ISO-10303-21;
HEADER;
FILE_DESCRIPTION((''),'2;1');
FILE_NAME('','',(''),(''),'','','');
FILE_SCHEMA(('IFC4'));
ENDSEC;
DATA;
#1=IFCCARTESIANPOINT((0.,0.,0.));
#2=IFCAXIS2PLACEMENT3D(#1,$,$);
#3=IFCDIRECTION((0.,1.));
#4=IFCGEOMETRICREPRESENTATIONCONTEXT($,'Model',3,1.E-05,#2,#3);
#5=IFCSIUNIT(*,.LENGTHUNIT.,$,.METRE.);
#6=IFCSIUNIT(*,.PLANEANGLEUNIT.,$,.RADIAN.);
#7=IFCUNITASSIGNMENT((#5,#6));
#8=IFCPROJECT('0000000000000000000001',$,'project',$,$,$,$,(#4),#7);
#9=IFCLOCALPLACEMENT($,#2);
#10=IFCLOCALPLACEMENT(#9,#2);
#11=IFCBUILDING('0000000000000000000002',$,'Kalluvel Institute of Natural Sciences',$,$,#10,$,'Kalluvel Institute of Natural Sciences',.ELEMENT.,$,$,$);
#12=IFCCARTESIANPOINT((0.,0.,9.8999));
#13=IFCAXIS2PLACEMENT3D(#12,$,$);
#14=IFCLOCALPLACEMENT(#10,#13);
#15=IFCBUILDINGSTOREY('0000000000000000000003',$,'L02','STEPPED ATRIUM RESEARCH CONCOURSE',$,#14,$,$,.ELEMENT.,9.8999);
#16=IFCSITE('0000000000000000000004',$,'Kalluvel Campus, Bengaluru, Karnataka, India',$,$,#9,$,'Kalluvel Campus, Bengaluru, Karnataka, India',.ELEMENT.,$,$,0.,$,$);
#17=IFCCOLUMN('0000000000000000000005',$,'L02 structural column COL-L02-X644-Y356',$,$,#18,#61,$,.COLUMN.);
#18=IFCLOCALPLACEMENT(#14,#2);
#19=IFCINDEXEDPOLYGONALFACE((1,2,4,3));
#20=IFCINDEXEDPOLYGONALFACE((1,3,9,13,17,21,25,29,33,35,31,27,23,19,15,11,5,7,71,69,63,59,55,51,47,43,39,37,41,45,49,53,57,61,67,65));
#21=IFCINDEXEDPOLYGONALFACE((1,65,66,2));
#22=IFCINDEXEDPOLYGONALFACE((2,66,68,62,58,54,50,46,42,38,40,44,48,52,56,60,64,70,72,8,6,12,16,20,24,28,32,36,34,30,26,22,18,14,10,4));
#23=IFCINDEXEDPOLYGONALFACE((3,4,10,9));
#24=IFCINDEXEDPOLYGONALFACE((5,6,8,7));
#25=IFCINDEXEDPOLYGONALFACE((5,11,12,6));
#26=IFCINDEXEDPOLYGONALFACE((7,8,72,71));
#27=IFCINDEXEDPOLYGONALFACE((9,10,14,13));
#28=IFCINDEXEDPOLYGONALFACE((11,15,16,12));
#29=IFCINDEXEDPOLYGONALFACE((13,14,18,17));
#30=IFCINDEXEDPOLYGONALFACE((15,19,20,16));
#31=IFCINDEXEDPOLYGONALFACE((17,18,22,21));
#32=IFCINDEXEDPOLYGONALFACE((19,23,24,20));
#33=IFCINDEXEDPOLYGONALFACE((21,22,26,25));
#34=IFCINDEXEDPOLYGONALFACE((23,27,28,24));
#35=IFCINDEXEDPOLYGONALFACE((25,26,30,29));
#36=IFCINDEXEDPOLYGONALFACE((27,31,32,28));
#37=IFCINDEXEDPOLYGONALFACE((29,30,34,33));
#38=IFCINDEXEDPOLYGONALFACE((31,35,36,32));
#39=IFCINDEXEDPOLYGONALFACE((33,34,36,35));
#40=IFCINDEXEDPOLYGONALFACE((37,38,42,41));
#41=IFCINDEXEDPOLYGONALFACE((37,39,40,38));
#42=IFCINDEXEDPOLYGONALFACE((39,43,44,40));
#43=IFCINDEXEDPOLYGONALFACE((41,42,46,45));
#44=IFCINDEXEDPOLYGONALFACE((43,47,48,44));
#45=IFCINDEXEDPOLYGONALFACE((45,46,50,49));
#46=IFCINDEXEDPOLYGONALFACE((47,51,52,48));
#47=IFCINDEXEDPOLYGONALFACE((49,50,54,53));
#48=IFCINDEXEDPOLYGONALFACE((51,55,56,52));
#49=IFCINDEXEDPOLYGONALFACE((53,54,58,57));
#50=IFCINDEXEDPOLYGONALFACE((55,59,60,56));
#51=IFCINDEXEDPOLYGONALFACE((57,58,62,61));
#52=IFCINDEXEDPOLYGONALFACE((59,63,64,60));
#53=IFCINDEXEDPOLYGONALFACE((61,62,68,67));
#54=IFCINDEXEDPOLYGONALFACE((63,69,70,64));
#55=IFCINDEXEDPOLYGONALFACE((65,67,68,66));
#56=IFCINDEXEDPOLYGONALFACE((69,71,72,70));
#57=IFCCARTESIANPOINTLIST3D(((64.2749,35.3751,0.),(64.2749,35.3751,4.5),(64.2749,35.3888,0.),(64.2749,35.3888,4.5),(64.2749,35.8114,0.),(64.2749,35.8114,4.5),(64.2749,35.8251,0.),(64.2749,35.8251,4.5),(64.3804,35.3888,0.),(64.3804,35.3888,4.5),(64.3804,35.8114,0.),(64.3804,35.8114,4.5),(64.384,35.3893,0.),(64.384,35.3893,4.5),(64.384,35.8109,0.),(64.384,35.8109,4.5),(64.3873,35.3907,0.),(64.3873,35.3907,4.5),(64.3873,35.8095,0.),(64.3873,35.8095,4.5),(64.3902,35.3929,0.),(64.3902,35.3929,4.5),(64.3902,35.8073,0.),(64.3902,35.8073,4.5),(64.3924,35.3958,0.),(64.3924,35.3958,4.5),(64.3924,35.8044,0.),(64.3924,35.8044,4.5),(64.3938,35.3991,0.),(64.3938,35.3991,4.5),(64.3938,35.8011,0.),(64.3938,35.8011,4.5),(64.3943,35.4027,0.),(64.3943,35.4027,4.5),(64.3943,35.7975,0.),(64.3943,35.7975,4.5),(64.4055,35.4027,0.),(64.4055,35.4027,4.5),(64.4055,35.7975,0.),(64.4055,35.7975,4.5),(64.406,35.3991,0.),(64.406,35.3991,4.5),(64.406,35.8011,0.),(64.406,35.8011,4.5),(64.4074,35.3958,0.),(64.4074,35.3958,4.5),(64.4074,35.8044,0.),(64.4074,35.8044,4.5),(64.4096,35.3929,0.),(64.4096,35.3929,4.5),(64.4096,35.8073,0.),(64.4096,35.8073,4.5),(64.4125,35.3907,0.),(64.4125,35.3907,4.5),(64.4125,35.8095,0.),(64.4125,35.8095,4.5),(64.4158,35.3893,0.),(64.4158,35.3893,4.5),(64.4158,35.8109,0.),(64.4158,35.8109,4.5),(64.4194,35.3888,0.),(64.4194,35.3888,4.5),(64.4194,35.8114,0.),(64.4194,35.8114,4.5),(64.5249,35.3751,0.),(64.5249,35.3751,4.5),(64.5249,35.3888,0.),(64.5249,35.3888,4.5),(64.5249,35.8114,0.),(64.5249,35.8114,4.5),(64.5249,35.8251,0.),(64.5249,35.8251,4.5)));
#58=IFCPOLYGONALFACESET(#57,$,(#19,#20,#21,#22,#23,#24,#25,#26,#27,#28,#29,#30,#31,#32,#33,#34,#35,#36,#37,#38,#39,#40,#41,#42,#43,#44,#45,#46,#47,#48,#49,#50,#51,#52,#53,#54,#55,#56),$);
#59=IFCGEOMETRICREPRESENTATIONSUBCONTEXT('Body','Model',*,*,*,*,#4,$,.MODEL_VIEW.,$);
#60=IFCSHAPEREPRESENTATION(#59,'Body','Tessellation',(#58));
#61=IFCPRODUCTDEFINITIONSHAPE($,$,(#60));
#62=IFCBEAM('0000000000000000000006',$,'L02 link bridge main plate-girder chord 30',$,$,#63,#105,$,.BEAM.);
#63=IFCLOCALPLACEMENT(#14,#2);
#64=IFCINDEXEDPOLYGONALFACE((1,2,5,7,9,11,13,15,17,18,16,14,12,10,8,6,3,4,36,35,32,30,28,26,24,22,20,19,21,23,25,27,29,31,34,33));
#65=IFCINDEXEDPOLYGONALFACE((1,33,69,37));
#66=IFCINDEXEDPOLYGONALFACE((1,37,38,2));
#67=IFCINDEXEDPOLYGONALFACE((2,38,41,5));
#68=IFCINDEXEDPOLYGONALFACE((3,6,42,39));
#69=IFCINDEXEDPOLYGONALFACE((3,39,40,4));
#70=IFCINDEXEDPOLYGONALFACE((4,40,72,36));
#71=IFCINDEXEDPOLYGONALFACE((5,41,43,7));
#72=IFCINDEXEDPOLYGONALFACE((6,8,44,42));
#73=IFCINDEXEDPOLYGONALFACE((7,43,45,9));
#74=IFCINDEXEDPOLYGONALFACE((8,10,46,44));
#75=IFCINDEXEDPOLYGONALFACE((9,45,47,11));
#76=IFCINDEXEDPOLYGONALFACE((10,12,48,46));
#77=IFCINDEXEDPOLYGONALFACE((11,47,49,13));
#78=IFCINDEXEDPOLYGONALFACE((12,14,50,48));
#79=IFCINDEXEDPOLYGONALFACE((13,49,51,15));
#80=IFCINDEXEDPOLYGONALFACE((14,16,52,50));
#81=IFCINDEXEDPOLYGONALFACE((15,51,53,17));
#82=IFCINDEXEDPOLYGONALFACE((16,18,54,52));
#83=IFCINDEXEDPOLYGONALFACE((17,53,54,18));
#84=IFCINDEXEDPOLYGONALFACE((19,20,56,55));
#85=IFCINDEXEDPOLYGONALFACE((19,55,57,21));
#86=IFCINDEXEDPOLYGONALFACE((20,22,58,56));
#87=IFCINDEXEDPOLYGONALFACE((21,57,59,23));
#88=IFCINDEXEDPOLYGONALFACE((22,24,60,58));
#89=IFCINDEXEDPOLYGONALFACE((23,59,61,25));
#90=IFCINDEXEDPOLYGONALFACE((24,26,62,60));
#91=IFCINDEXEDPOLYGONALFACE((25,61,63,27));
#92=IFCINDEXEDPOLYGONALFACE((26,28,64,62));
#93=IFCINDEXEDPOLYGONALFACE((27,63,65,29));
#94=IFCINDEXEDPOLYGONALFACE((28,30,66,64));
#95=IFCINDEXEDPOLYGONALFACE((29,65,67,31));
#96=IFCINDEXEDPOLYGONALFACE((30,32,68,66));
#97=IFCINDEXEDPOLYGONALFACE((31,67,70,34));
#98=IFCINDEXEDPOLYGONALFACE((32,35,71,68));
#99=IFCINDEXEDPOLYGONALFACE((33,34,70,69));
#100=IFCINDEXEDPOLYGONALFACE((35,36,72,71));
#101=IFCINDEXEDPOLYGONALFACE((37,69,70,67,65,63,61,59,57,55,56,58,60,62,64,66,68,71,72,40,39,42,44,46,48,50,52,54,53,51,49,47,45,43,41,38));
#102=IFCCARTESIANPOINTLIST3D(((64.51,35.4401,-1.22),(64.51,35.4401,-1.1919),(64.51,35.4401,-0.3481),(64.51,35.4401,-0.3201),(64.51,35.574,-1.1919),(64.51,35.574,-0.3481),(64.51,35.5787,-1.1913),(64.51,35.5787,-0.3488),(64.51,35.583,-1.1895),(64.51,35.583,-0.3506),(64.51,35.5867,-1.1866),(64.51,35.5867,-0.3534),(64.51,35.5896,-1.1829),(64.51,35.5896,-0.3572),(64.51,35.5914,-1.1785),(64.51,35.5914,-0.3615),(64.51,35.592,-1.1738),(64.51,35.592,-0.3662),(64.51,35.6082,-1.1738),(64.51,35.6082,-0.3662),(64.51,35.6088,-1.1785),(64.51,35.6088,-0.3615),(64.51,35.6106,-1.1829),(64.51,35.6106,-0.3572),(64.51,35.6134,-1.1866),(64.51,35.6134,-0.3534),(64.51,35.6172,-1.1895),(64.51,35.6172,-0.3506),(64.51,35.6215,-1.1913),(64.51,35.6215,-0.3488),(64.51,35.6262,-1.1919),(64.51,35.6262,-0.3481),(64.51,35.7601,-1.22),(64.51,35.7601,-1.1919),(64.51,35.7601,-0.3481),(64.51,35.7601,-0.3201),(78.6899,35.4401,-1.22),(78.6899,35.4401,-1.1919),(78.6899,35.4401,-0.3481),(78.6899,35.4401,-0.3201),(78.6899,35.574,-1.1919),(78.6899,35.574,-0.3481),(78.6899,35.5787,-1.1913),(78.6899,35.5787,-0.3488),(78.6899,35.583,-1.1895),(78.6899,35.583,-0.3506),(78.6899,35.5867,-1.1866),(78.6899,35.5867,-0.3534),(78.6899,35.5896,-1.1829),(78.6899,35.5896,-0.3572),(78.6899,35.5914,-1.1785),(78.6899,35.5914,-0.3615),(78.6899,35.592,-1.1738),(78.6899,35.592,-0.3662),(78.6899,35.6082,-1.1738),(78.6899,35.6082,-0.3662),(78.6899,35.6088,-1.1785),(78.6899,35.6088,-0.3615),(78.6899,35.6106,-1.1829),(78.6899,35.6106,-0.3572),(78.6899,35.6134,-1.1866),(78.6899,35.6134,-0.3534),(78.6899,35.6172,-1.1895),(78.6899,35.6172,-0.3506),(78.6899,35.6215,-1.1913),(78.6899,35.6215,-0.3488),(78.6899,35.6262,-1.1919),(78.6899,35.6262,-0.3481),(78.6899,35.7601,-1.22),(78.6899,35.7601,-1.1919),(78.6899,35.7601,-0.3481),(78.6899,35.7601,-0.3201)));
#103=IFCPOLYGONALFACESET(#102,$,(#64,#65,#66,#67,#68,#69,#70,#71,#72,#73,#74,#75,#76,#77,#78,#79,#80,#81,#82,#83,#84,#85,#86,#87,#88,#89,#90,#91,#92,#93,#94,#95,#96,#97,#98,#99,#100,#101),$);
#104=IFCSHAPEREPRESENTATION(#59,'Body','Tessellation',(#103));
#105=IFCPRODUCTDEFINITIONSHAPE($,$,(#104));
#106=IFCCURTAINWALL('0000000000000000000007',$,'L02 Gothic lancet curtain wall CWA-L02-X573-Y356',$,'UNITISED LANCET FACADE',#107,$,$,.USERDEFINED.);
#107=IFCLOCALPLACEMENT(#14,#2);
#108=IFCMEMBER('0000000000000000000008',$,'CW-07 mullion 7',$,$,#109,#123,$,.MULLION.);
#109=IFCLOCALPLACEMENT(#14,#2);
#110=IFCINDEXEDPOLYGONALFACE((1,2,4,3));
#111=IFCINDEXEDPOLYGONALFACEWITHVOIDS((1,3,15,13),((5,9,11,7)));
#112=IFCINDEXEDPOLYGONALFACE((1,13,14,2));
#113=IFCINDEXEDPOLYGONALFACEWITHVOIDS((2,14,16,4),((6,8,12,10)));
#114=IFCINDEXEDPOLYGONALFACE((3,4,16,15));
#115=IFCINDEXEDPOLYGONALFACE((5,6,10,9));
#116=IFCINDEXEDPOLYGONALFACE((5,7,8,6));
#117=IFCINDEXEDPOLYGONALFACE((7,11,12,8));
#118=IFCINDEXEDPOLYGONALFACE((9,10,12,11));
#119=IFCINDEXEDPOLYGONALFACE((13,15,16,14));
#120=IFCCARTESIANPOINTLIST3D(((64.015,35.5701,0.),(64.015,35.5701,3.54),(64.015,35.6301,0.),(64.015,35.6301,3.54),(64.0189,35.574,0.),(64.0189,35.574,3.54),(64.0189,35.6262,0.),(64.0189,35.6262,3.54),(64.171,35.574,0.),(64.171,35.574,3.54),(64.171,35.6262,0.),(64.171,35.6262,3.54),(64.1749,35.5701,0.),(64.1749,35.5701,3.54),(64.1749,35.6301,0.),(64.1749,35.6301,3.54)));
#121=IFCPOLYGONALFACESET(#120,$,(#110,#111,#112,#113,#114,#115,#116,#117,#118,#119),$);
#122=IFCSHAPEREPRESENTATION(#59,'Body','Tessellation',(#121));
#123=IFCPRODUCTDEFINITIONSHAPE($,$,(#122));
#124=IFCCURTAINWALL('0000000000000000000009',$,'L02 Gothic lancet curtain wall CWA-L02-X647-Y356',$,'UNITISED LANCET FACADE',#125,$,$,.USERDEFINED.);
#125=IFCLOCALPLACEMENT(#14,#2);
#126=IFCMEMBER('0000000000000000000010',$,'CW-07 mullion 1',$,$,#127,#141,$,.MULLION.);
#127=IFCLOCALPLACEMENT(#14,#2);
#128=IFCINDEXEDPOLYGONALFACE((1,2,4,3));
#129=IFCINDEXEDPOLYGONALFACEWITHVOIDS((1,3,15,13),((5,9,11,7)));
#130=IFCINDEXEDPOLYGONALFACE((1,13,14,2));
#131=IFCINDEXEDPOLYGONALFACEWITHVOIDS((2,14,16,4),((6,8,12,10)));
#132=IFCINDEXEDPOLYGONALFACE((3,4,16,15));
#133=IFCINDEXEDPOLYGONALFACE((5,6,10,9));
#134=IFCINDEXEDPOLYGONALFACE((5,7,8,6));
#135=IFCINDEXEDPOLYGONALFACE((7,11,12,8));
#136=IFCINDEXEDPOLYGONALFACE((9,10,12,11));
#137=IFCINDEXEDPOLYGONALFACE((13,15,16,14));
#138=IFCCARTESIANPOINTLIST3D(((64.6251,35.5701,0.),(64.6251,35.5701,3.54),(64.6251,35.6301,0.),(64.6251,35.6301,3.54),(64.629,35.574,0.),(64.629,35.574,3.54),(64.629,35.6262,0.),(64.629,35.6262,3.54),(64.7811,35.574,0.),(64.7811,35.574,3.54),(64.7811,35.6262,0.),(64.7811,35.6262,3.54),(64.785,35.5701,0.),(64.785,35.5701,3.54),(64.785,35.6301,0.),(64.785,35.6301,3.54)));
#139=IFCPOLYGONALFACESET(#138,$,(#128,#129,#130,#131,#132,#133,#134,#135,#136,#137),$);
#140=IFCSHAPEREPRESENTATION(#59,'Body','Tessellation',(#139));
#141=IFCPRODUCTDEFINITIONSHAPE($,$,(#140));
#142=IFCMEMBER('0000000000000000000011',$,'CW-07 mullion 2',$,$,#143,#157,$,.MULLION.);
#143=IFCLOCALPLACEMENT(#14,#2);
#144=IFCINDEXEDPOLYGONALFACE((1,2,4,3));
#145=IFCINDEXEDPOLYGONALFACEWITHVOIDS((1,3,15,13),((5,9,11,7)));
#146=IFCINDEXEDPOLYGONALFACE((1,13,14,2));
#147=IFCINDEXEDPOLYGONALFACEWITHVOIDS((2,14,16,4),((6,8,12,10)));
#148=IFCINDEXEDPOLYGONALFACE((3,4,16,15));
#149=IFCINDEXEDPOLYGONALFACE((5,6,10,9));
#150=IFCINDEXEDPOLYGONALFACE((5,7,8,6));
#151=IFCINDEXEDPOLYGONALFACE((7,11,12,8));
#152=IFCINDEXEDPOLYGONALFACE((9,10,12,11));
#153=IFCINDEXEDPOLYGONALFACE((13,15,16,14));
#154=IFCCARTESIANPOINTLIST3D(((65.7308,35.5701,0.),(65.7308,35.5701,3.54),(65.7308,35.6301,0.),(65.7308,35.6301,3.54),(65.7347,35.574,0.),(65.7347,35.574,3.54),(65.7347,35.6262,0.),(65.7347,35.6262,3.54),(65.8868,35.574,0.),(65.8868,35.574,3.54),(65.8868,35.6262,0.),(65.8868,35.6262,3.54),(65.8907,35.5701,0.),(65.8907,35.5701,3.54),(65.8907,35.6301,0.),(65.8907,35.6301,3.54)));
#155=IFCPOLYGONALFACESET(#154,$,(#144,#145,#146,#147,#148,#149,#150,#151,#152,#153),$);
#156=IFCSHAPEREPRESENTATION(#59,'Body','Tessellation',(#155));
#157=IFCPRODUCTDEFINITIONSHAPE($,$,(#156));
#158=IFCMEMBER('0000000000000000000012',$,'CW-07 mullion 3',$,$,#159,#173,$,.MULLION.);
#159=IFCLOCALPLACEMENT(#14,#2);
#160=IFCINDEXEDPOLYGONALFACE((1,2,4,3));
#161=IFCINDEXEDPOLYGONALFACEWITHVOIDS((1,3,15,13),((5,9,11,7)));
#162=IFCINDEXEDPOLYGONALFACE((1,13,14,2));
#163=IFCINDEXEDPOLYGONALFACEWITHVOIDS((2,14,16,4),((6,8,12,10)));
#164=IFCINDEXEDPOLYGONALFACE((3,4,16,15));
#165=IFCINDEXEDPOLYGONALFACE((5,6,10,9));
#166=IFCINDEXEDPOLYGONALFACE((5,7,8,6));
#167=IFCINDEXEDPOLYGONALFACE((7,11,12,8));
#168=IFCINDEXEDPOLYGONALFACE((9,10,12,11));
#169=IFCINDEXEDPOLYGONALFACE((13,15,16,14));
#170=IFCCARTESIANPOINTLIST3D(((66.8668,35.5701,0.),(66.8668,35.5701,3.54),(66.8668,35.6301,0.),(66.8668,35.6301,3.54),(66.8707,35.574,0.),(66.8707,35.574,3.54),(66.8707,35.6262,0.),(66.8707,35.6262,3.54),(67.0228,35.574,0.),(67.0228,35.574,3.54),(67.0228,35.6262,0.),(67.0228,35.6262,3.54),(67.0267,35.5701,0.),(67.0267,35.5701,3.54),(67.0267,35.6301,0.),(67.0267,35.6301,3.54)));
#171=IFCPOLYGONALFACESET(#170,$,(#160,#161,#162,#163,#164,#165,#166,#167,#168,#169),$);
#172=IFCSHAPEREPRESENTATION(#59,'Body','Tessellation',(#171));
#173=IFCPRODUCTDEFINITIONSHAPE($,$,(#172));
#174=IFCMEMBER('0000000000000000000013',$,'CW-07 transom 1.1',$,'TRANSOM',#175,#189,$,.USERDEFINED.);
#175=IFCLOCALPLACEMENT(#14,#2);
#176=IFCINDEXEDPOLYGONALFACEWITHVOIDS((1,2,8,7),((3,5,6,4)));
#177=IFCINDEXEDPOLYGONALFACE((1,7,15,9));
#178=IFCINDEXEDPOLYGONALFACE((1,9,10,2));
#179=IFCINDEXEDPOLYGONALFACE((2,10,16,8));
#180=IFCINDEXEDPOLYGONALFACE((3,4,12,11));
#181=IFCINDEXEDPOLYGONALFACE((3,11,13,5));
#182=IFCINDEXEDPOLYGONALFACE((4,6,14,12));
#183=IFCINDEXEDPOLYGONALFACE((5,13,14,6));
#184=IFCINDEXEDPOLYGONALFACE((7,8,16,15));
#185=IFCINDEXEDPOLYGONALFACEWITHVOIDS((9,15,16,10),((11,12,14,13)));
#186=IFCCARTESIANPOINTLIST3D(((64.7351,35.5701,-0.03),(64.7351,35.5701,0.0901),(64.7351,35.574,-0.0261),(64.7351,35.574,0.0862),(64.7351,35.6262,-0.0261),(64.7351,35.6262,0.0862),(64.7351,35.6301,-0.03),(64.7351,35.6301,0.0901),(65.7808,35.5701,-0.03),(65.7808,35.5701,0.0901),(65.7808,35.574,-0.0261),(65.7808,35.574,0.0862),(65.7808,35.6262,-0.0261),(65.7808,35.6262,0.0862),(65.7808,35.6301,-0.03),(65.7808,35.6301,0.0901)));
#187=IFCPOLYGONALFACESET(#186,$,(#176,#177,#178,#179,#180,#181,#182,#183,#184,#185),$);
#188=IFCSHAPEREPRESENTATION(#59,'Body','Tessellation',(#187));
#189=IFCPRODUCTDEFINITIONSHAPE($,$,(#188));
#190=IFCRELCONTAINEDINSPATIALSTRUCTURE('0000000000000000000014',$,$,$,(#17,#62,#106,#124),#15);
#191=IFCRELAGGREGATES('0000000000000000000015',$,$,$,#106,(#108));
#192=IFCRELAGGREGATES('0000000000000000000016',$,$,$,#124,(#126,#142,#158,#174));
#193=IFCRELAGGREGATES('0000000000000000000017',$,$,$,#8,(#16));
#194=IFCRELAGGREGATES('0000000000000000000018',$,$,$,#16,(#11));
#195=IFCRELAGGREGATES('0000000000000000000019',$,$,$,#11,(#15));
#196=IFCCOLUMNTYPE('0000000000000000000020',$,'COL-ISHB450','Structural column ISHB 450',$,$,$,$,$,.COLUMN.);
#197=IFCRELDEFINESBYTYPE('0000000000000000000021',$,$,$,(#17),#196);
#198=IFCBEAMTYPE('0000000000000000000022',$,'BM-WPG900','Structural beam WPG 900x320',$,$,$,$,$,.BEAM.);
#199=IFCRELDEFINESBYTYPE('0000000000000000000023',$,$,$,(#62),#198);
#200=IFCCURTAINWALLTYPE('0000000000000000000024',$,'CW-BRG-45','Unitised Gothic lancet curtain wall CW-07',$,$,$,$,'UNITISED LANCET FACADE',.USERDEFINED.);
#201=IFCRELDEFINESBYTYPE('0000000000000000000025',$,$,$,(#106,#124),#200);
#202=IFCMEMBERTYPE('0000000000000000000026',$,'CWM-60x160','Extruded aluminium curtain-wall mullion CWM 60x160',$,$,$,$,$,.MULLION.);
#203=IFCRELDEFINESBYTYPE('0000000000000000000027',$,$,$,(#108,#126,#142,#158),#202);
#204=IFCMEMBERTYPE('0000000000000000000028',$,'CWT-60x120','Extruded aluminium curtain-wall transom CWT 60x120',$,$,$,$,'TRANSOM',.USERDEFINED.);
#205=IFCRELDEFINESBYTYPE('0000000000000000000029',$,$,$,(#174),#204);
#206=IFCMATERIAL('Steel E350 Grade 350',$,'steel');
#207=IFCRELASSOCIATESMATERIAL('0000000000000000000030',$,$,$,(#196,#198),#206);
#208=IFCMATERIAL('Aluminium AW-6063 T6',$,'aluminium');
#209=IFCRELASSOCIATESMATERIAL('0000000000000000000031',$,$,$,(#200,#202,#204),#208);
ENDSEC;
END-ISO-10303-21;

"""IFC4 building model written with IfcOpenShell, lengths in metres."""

from ifc_helpers import new_model, si_unit, direction, frame, origin, origin_2d, place, context, subcontext, project, spatial, hollow_rectangle, i_section, extrude, material, material_profile, profile_set, type_object, element, aggregate, save


model = new_model("IFC4")

# Units and contexts
model_context = context("Model", 3, precision=1e-05, world=origin(), true_north=direction((0.0, 1.0)))
body_context = subcontext(model_context, "Body", "Model", "MODEL_VIEW")
ifc_project = project(units=[si_unit("LENGTHUNIT", "METRE"), si_unit("PLANEANGLEUNIT", "RADIAN")], contexts=[model_context])

# Site, building, storey
site_placement = place(None, origin())
site = spatial("IfcSite", under=ifc_project, at=site_placement, Name="Kalluvel Campus, Bengaluru, Karnataka, India", LongName="Kalluvel Campus, Bengaluru, Karnataka, India", CompositionType="ELEMENT", RefElevation=0.0)
building_placement = place(site_placement, origin())
building = spatial("IfcBuilding", under=site, at=building_placement, Name="Kalluvel Institute of Natural Sciences", LongName="Kalluvel Institute of Natural Sciences", CompositionType="ELEMENT")
storey_placement = place(building_placement, frame((0.0, 0.0, 9.8999)))
storey = spatial("IfcBuildingStorey", under=building, at=storey_placement, Name="L02", Description="STEPPED ATRIUM RESEARCH CONCOURSE", CompositionType="ELEMENT", Elevation=9.8999)

# Column
ifc_material_1 = material(Name="Steel E350 Grade 350", Category="steel")
ifc_material_profile_1 = material_profile(ifc_material_1, i_section(OverallWidth=0.25, OverallDepth=0.45, WebThickness=0.0112, FlangeThickness=0.0137, FilletRadius=0.0139, at=origin_2d()), Name="ISHB 450")
ifc_profile_set_1 = profile_set([ifc_material_profile_1], Name="Steel E350 Grade 350")
column_type = type_object("IfcColumnType", Name="COL-ISHB450", Description="Structural column ISHB 450", PredefinedType="COLUMN", material=ifc_profile_set_1)
column_placement = place(storey_placement, frame((64.3999, 35.6001, 0.0), z_axis=(0.0, 0.0, 1.0), x_axis=(1.0, 0.0, 0.0)))
element("IfcColumn", 1, at=column_placement, inside=storey, type_object=column_type, Name="L02 structural column COL-L02-X644-Y356", PredefinedType="COLUMN", context=body_context, shape_type="SweptSolid", body=[
    extrude(i_section(OverallWidth=0.25, OverallDepth=0.45, WebThickness=0.0112, FlangeThickness=0.0137, FilletRadius=0.0139, at=origin_2d()), origin(), (0.0, 0.0, 1.0), 4.5),
])

# Beam
ifc_material_profile_2 = material_profile(ifc_material_1, i_section(OverallWidth=0.3201, OverallDepth=0.8999, WebThickness=0.0161, FlangeThickness=0.0281, FilletRadius=0.0181, at=origin_2d()), Name="WPG 900x320")
ifc_profile_set_2 = profile_set([ifc_material_profile_2], Name="Steel E350 Grade 350")
beam_type = type_object("IfcBeamType", Name="BM-WPG900", Description="Structural beam WPG 900x320", PredefinedType="BEAM", material=ifc_profile_set_2)
beam_placement = place(storey_placement, frame((64.51, 35.6001, -0.77), z_axis=(1.0, 0.0, 0.0), x_axis=(0.0, 1.0, 0.0)))
element("IfcBeam", 2, at=beam_placement, inside=storey, type_object=beam_type, Name="L02 link bridge main plate-girder chord 30", PredefinedType="BEAM", context=body_context, shape_type="SweptSolid", body=[
    extrude(i_section(OverallWidth=0.3201, OverallDepth=0.8999, WebThickness=0.0161, FlangeThickness=0.0281, FilletRadius=0.0181, at=origin_2d()), origin(), (0.0, 0.0, 1.0), 14.1799),
])

# Curtain wall, member
ifc_material_2 = material(Name="Aluminium AW-6063 T6", Category="aluminium")
curtain_wall_type = type_object("IfcCurtainWallType", Name="CW-BRG-45", Description="Unitised Gothic lancet curtain wall CW-07", ElementType="UNITISED LANCET FACADE", PredefinedType="USERDEFINED", material=ifc_material_2)
curtain_wall_1_placement = place(storey_placement, origin())
curtain_wall_1 = element("IfcCurtainWall", 3, at=curtain_wall_1_placement, inside=storey, type_object=curtain_wall_type, Name="L02 Gothic lancet curtain wall CWA-L02-X573-Y356", ObjectType="UNITISED LANCET FACADE", PredefinedType="USERDEFINED")
ifc_material_profile_3 = material_profile(ifc_material_2, hollow_rectangle(XDim=0.0601, YDim=0.1599, WallThickness=0.0039, at=origin_2d()), Name="CWM 60x160")
ifc_profile_set_3 = profile_set([ifc_material_profile_3], Name="Aluminium AW-6063 T6")
member_type_1 = type_object("IfcMemberType", Name="CWM-60x160", Description="Extruded aluminium curtain-wall mullion CWM 60x160", PredefinedType="MULLION", material=ifc_profile_set_3)
member_1_placement = place(storey_placement, frame((64.095, 35.6001, 0.0), z_axis=(0.0, 0.0, 1.0), x_axis=(0.0, 1.0, 0.0)))
member_1 = element("IfcMember", 4, at=member_1_placement, type_object=member_type_1, Name="CW-07 mullion 7", PredefinedType="MULLION", context=body_context, shape_type="SweptSolid", body=[
    extrude(hollow_rectangle(XDim=0.0601, YDim=0.1599, WallThickness=0.0039, at=origin_2d()), origin(), (0.0, 0.0, 1.0), 3.54),
])
aggregate(curtain_wall_1, [member_1])

# Curtain wall, members
curtain_wall_2_placement = place(storey_placement, origin())
curtain_wall_2 = element("IfcCurtainWall", 5, at=curtain_wall_2_placement, inside=storey, type_object=curtain_wall_type, Name="L02 Gothic lancet curtain wall CWA-L02-X647-Y356", ObjectType="UNITISED LANCET FACADE", PredefinedType="USERDEFINED")
member_2_placement = place(storey_placement, frame((64.7051, 35.6001, 0.0), z_axis=(0.0, 0.0, 1.0), x_axis=(0.0, 1.0, 0.0)))
member_2 = element("IfcMember", 6, at=member_2_placement, type_object=member_type_1, Name="CW-07 mullion 1", PredefinedType="MULLION", context=body_context, shape_type="SweptSolid", body=[
    extrude(hollow_rectangle(XDim=0.0601, YDim=0.1599, WallThickness=0.0039, at=origin_2d()), origin(), (0.0, 0.0, 1.0), 3.54),
])
member_3_placement = place(storey_placement, frame((65.8108, 35.6001, 0.0), z_axis=(0.0, 0.0, 1.0), x_axis=(0.0, 1.0, 0.0)))
member_3 = element("IfcMember", 7, at=member_3_placement, type_object=member_type_1, Name="CW-07 mullion 2", PredefinedType="MULLION", context=body_context, shape_type="SweptSolid", body=[
    extrude(hollow_rectangle(XDim=0.0601, YDim=0.1599, WallThickness=0.0039, at=origin_2d()), origin(), (0.0, 0.0, 1.0), 3.54),
])
member_4_placement = place(storey_placement, frame((66.9468, 35.6001, 0.0), z_axis=(0.0, 0.0, 1.0), x_axis=(0.0, 1.0, 0.0)))
member_4 = element("IfcMember", 8, at=member_4_placement, type_object=member_type_1, Name="CW-07 mullion 3", PredefinedType="MULLION", context=body_context, shape_type="SweptSolid", body=[
    extrude(hollow_rectangle(XDim=0.0601, YDim=0.1599, WallThickness=0.0039, at=origin_2d()), origin(), (0.0, 0.0, 1.0), 3.54),
])
ifc_material_profile_4 = material_profile(ifc_material_2, hollow_rectangle(XDim=0.0601, YDim=0.1201, WallThickness=0.0039, at=origin_2d()), Name="CWT 60x120")
ifc_profile_set_4 = profile_set([ifc_material_profile_4], Name="Aluminium AW-6063 T6")
member_type_2 = type_object("IfcMemberType", Name="CWT-60x120", Description="Extruded aluminium curtain-wall transom CWT 60x120", ElementType="TRANSOM", PredefinedType="USERDEFINED", material=ifc_profile_set_4)
member_5_placement = place(storey_placement, frame((64.7351, 35.6001, 0.03), z_axis=(1.0, 0.0, 0.0), x_axis=(0.0, 1.0, 0.0)))
member_5 = element("IfcMember", 9, at=member_5_placement, type_object=member_type_2, Name="CW-07 transom 1.1", ObjectType="TRANSOM", PredefinedType="USERDEFINED", context=body_context, shape_type="SweptSolid", body=[
    extrude(hollow_rectangle(XDim=0.0601, YDim=0.1201, WallThickness=0.0039, at=origin_2d()), origin(), (0.0, 0.0, 1.0), 1.0457),
])
aggregate(curtain_wall_2, [member_2, member_3, member_4, member_5])

save(model, "model.ifc")
